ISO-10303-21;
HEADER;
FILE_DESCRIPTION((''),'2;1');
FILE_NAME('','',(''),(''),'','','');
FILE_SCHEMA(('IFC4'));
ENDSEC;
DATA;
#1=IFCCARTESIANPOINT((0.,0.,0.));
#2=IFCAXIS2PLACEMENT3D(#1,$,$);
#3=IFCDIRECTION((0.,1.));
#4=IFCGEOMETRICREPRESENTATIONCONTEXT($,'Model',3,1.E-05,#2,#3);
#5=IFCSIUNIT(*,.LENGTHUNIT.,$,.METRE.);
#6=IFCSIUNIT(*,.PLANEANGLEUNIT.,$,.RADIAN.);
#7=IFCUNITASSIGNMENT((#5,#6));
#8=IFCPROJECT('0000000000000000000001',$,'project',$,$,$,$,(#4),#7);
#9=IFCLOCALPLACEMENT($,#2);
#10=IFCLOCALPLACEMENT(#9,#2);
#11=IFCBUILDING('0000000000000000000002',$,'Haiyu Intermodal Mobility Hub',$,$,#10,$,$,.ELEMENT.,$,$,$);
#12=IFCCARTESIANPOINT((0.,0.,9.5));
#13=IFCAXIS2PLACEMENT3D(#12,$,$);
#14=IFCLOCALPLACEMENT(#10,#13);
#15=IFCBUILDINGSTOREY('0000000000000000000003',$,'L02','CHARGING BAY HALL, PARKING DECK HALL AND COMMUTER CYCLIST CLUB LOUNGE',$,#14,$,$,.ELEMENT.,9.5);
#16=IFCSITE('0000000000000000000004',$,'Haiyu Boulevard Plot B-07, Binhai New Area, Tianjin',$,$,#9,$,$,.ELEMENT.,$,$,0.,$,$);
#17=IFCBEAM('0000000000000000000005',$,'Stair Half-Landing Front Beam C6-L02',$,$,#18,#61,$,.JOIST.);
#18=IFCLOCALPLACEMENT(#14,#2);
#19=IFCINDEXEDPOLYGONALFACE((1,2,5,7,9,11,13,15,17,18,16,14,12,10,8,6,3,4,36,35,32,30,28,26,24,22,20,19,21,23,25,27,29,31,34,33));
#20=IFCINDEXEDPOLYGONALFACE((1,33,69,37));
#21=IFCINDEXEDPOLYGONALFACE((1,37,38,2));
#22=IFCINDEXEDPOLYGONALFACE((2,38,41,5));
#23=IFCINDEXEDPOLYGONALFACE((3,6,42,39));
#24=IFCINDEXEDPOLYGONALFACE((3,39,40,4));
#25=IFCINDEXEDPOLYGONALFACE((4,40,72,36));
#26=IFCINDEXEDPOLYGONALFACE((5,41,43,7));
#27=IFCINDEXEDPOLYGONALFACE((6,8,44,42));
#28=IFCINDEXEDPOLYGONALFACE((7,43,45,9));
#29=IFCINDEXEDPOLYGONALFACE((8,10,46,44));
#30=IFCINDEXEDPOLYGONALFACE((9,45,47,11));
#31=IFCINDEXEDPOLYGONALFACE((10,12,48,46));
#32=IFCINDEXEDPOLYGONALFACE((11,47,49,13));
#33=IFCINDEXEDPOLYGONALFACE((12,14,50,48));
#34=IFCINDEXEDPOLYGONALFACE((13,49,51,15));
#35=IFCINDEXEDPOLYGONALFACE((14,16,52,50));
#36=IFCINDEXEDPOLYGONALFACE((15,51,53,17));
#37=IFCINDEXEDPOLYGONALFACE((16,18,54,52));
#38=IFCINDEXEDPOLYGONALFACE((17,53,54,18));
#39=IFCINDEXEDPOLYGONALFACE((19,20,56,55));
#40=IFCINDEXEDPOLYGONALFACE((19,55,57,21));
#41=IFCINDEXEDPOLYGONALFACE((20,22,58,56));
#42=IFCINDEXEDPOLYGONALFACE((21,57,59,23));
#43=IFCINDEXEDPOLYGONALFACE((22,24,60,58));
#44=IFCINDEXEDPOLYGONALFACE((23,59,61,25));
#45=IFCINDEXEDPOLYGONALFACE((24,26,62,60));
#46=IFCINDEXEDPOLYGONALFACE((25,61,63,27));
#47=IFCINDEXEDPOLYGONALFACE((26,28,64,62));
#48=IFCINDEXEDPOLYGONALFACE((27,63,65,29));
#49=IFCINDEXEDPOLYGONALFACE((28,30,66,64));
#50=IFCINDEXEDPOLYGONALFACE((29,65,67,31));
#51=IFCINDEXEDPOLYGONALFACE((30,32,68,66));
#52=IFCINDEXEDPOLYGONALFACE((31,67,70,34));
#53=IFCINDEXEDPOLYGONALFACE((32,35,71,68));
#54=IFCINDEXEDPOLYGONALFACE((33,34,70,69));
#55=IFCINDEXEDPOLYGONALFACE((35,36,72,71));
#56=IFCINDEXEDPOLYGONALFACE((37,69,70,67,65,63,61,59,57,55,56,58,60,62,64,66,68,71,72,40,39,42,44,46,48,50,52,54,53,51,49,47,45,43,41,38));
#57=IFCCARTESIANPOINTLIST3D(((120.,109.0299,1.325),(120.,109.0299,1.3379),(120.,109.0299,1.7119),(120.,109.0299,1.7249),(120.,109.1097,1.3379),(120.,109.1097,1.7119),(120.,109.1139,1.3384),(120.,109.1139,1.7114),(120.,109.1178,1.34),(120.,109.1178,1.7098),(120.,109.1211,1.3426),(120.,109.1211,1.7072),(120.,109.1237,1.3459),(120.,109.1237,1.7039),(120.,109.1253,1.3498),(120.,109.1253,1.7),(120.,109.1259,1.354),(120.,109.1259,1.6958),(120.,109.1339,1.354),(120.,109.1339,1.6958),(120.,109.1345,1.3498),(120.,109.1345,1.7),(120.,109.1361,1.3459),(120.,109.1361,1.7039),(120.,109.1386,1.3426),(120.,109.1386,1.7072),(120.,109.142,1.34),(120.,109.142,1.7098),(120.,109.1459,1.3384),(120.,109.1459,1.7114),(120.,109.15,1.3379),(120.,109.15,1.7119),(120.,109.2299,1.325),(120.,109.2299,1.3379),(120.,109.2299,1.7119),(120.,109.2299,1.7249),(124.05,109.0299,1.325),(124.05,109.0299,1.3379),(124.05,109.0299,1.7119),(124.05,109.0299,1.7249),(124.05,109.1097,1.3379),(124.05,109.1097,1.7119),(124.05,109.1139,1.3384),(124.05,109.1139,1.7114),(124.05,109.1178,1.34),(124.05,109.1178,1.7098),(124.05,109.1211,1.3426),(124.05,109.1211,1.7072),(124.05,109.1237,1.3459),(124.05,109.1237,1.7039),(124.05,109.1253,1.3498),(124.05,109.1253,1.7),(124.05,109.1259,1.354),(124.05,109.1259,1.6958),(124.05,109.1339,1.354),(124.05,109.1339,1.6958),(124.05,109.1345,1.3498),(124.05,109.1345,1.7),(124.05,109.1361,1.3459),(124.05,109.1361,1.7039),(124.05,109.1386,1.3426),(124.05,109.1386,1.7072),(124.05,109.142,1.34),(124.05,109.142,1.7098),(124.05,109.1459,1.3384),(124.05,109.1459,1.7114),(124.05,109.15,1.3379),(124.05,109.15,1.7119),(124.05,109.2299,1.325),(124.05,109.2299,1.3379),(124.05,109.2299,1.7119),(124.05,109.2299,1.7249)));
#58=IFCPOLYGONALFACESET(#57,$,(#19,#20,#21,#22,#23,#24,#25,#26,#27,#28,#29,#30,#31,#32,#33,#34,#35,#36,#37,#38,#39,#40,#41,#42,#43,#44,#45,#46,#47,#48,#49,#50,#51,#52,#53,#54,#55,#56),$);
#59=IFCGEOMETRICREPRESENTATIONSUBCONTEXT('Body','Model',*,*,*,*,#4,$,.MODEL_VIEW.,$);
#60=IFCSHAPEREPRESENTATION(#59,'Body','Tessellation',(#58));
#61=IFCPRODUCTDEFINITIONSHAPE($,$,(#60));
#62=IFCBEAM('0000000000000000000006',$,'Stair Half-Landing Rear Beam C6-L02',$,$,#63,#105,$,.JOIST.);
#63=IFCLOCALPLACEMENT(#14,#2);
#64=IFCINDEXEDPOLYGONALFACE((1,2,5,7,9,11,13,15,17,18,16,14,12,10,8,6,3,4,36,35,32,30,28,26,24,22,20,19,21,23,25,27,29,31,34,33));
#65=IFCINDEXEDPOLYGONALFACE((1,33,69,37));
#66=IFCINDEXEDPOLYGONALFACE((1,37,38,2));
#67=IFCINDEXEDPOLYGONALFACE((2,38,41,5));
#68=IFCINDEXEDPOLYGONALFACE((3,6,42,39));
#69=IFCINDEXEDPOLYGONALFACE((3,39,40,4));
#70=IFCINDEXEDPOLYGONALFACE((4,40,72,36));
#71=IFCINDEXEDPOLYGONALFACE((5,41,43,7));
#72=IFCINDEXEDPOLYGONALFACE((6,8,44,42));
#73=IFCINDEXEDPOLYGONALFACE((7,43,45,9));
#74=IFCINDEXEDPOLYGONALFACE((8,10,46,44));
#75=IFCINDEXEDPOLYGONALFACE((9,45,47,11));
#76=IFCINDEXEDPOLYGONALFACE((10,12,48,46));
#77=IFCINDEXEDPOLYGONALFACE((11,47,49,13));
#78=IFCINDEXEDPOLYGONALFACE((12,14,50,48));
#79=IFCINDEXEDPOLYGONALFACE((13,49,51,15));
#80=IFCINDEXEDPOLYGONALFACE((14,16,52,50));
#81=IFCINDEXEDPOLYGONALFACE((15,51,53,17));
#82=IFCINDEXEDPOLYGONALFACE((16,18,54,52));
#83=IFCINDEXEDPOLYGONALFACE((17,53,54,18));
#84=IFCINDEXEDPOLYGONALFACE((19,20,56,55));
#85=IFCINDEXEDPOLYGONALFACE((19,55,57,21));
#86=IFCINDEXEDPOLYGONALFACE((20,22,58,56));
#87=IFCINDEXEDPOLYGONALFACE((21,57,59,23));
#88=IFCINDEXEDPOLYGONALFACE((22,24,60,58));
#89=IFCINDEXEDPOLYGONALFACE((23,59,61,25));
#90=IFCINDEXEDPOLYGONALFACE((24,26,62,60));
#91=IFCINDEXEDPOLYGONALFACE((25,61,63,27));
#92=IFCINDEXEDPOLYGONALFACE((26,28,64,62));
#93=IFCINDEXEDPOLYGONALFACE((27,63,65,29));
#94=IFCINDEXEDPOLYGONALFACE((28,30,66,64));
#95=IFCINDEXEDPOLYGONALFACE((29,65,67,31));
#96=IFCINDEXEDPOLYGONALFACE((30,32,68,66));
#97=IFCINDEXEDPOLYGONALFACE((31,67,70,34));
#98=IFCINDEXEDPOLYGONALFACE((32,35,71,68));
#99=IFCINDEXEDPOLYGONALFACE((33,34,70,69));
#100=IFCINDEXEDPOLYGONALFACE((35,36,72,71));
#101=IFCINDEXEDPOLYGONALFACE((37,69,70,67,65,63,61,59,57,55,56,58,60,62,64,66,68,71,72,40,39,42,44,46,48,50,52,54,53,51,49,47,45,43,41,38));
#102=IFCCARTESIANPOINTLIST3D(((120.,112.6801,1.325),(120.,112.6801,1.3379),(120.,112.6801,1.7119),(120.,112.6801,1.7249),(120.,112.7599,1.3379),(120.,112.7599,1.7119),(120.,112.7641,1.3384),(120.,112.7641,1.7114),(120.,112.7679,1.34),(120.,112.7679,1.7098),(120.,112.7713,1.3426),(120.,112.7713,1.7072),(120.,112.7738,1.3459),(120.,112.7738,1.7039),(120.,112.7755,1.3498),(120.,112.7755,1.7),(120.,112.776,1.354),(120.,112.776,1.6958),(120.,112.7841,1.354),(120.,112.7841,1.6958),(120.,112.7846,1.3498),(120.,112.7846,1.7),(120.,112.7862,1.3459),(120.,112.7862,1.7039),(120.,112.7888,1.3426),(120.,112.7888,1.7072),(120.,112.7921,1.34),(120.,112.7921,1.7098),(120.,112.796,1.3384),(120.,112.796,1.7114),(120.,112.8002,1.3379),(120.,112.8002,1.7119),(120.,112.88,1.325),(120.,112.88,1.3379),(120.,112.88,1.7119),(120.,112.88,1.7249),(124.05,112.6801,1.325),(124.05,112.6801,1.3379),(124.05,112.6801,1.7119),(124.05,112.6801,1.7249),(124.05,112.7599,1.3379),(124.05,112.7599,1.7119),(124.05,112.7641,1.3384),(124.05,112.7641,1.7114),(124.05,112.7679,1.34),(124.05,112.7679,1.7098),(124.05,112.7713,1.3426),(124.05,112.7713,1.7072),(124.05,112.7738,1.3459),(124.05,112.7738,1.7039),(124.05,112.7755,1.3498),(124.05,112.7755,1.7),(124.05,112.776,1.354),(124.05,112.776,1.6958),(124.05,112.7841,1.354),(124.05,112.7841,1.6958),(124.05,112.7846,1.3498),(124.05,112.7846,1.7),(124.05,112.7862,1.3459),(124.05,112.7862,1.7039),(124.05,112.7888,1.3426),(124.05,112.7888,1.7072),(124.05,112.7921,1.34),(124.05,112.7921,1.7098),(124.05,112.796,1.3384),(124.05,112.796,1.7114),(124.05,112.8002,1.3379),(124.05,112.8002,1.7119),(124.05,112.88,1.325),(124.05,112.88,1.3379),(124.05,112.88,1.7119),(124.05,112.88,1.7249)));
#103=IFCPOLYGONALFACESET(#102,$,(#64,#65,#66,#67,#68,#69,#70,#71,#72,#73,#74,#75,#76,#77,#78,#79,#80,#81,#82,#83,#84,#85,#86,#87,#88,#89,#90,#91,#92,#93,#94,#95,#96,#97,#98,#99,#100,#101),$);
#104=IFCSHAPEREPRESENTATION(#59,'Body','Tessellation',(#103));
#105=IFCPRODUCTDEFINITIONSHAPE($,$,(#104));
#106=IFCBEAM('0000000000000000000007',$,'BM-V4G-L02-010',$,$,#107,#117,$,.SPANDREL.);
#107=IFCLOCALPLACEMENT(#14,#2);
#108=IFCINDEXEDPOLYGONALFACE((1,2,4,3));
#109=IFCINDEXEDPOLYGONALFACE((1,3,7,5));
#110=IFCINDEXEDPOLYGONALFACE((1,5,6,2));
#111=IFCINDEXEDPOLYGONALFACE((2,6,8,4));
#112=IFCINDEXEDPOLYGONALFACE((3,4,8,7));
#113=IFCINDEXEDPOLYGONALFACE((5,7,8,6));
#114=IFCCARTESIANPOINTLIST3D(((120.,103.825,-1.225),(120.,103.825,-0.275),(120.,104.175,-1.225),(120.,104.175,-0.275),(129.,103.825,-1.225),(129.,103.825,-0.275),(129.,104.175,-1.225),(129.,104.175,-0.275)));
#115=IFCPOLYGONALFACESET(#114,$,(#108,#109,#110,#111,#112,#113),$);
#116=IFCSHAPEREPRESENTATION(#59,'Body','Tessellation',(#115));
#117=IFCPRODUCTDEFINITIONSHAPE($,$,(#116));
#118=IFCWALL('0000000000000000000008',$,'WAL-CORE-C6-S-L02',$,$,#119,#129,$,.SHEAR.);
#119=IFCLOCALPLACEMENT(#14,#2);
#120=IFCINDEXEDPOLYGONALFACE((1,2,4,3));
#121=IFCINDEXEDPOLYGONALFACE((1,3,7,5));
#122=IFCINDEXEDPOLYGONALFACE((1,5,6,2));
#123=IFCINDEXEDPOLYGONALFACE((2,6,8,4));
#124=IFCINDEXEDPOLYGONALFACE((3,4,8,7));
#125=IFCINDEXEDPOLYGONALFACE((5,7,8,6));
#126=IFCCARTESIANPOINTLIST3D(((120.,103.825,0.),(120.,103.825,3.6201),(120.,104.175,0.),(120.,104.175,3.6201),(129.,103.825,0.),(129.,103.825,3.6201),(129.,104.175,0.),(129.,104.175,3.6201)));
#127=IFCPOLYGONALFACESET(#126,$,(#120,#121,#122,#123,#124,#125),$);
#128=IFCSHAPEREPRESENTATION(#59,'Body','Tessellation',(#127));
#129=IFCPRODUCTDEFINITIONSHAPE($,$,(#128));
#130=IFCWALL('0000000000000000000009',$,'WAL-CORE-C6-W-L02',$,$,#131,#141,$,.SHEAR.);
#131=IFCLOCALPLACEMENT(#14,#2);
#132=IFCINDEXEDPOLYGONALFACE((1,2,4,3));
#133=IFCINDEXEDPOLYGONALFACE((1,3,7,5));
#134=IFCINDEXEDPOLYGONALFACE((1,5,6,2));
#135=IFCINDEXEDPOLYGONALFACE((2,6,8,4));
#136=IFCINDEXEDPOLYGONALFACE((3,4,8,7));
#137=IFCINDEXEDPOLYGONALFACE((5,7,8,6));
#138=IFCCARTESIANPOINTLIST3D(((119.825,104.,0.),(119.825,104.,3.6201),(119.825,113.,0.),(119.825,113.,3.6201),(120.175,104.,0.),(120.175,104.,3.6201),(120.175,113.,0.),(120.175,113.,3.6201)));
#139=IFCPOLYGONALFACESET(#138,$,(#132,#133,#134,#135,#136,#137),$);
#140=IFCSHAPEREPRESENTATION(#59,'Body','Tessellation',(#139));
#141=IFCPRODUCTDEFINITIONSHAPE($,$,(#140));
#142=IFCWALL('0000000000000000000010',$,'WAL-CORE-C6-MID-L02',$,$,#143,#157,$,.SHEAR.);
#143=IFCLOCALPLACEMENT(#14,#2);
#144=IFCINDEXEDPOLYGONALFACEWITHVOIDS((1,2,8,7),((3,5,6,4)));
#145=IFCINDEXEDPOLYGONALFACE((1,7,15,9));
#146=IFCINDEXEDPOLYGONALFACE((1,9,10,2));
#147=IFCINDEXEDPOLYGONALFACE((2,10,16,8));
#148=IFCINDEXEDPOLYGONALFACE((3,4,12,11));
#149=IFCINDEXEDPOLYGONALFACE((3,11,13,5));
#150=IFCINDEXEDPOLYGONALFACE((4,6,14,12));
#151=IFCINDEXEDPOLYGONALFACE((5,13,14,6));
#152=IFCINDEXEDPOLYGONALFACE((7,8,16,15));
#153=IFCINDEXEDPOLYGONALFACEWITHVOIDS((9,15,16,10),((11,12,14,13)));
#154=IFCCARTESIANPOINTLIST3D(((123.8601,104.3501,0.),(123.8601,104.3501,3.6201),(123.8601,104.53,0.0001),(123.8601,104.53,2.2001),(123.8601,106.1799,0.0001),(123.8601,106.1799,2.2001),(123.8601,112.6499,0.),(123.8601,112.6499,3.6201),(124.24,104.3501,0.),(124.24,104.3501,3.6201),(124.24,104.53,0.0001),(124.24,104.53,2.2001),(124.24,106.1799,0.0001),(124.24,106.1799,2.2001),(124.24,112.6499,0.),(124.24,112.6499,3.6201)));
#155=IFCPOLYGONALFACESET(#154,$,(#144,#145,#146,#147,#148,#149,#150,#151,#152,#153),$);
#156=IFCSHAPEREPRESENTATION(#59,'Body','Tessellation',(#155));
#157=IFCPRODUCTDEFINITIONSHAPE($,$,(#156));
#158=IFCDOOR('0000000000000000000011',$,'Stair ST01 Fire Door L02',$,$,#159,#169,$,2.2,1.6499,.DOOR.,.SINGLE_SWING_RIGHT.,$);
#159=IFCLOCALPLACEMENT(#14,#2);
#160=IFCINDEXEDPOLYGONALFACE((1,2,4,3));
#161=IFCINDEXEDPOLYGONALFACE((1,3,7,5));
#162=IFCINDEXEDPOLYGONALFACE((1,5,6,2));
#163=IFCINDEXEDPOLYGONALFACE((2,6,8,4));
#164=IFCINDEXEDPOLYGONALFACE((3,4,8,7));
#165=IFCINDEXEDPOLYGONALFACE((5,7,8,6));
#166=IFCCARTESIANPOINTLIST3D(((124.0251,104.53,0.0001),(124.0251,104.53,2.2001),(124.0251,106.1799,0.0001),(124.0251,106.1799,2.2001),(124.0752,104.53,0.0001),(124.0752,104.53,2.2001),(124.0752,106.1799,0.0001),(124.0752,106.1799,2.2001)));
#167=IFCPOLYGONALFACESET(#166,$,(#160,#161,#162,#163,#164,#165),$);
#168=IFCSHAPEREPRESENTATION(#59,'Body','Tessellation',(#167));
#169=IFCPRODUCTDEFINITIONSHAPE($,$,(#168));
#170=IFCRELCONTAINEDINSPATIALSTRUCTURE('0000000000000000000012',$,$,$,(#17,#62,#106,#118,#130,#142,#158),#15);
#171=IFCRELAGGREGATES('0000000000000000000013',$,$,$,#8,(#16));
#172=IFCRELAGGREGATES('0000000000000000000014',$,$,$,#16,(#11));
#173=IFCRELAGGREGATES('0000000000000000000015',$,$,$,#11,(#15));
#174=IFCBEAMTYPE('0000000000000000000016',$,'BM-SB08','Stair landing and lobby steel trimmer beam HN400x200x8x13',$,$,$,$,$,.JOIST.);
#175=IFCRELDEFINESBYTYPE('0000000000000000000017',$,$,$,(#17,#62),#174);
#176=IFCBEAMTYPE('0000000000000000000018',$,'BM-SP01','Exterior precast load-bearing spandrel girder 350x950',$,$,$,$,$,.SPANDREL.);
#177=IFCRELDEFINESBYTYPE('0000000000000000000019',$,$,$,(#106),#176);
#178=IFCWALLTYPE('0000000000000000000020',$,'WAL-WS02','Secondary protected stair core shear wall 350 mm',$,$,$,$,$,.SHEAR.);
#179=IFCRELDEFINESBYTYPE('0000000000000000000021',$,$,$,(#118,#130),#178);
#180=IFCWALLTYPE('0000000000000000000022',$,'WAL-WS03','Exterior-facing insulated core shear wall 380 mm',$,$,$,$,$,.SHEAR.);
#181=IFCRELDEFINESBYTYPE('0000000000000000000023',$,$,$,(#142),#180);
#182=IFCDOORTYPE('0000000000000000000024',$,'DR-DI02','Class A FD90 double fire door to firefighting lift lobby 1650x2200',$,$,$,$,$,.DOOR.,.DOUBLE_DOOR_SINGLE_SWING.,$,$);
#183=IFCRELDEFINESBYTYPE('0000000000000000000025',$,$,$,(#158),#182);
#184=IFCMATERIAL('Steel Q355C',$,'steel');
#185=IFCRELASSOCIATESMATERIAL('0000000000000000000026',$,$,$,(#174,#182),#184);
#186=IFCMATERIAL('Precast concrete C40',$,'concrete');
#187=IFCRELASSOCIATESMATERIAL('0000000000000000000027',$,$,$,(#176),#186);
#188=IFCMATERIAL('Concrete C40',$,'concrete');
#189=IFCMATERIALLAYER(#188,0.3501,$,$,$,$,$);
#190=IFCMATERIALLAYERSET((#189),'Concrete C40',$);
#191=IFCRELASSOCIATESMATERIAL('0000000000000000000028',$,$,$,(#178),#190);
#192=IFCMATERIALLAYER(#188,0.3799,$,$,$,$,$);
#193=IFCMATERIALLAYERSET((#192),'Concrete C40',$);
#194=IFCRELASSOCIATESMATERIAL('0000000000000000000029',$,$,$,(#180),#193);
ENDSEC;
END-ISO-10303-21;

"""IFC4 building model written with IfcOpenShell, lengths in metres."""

from ifc_helpers import new_model, si_unit, direction, frame, frame_2d, origin, origin_2d, place, context, subcontext, project, spatial, rectangle, i_section, extrude, material, layer, layer_set, material_profile, profile_set, type_object, element, fill, save


model = new_model("IFC4")

# Units and contexts
model_context = context("Model", 3, precision=1e-05, world=origin(), true_north=direction((0.0, 1.0)))
body_context = subcontext(model_context, "Body", "Model", "MODEL_VIEW")
ifc_project = project(units=[si_unit("LENGTHUNIT", "METRE"), si_unit("PLANEANGLEUNIT", "RADIAN")], contexts=[model_context])

# Site, building, storey
site_placement = place(None, origin())
site = spatial("IfcSite", under=ifc_project, at=site_placement, Name="Haiyu Boulevard Plot B-07, Binhai New Area, Tianjin", CompositionType="ELEMENT", RefElevation=0.0)
building_placement = place(site_placement, origin())
building = spatial("IfcBuilding", under=site, at=building_placement, Name="Haiyu Intermodal Mobility Hub", CompositionType="ELEMENT")
storey_placement = place(building_placement, frame((0.0, 0.0, 9.5)))
storey = spatial("IfcBuildingStorey", under=building, at=storey_placement, Name="L02", Description="CHARGING BAY HALL, PARKING DECK HALL AND COMMUTER CYCLIST CLUB LOUNGE", CompositionType="ELEMENT", Elevation=9.5)

# Shared definitions
ifc_material_1 = material(Name="Precast concrete C40", Category="concrete")

# Beams
ifc_material_2 = material(Name="Concrete C40", Category="concrete")
ifc_material_3 = material(Name="Steel Q355C", Category="steel")
ifc_material_profile_1 = material_profile(ifc_material_3, i_section(OverallWidth=0.2, OverallDepth=0.3999, WebThickness=0.0081, FlangeThickness=0.0129, FilletRadius=0.0161, at=origin_2d()), Name="HN400x200x8x13")
ifc_profile_set_1 = profile_set([ifc_material_profile_1], Name="Steel Q355C")
beam_type_1 = type_object("IfcBeamType", Name="BM-SB08", Description="Stair landing and lobby steel trimmer beam HN400x200x8x13", PredefinedType="JOIST", material=ifc_profile_set_1)
for number, where, z_axis, x_axis, name in (
    (1, (120.0, 109.1299, 1.5249), (1.0, 0.0, 0.0), (0.0, 1.0, 0.0), "Stair Half-Landing Front Beam C6-L02"),
    (2, (120.0, 112.78, 1.5249), (1.0, 0.0, 0.0), (0.0, 1.0, 0.0), "Stair Half-Landing Rear Beam C6-L02"),
):
    element("IfcBeam", number, at=place(storey_placement, frame(where, z_axis=z_axis, x_axis=x_axis)), inside=storey, type_object=beam_type_1, Name=name, PredefinedType="JOIST", context=body_context, shape_type="SweptSolid", body=[
        extrude(i_section(OverallWidth=0.2, OverallDepth=0.3999, WebThickness=0.0081, FlangeThickness=0.0129, FilletRadius=0.0161, at=origin_2d()), origin(), (0.0, 0.0, 1.0), 4.05),
    ])
ifc_material_profile_2 = material_profile(ifc_material_1, rectangle(XDim=0.3501, YDim=0.95, at=origin_2d()), Name="PC350x950")
ifc_profile_set_2 = profile_set([ifc_material_profile_2], Name="Precast concrete C40")
beam_type_2 = type_object("IfcBeamType", Name="BM-SP01", Description="Exterior precast load-bearing spandrel girder 350x950", PredefinedType="SPANDREL", material=ifc_profile_set_2)
beam_1_placement = place(storey_placement, frame((120.0, 104.0, -0.75), z_axis=(1.0, 0.0, 0.0), x_axis=(0.0, 1.0, 0.0)))
element("IfcBeam", 3, at=beam_1_placement, inside=storey, type_object=beam_type_2, Name="BM-V4G-L02-010", PredefinedType="SPANDREL", context=body_context, shape_type="SweptSolid", body=[
    extrude(rectangle(XDim=0.3501, YDim=0.95, at=origin_2d()), origin(), (0.0, 0.0, 1.0), 9.0),
])

# Walls
ifc_layer_1 = layer(ifc_material_2, 0.3501)
ifc_layer_set_1 = layer_set([ifc_layer_1], Name="Concrete C40")
wall_type_1 = type_object("IfcWallType", Name="WAL-WS02", Description="Secondary protected stair core shear wall 350 mm", PredefinedType="SHEAR", material=ifc_layer_set_1)
for number, where, z_axis, x_axis, name in (
    (4, (120.0, 104.0, 0.0), (0.0, 0.0, 1.0), (1.0, 0.0, 0.0), "WAL-CORE-C6-S-L02"),
    (5, (120.0, 113.0, 0.0), (0.0, 0.0, 1.0), (0.0, -1.0, 0.0), "WAL-CORE-C6-W-L02"),
):
    element("IfcWall", number, at=place(storey_placement, frame(where, z_axis=z_axis, x_axis=x_axis)), inside=storey, type_object=wall_type_1, Name=name, PredefinedType="SHEAR", context=body_context, shape_type="SweptSolid", body=[
        extrude(rectangle(XDim=9.0, YDim=0.3501, at=frame_2d((4.5, 0.0))), origin(), (0.0, 0.0, 1.0), 3.6201),
    ])

# Wall, opening, door
ifc_layer_2 = layer(ifc_material_2, 0.3799)
ifc_layer_set_2 = layer_set([ifc_layer_2], Name="Concrete C40")
wall_type_2 = type_object("IfcWallType", Name="WAL-WS03", Description="Exterior-facing insulated core shear wall 380 mm", PredefinedType="SHEAR", material=ifc_layer_set_2)
wall_1_placement = place(storey_placement, frame((124.05, 104.3501, 0.0), z_axis=(0.0, 0.0, 1.0), x_axis=(0.0, 1.0, 0.0)))
wall_1 = element("IfcWall", 6, at=wall_1_placement, inside=storey, type_object=wall_type_2, Name="WAL-CORE-C6-MID-L02", PredefinedType="SHEAR", context=body_context, shape_type="SweptSolid", body=[
    extrude(rectangle(XDim=8.2998, YDim=0.3799, at=frame_2d((4.1499, 0.0))), origin(), (0.0, 0.0, 1.0), 3.6201),
])
opening_1_placement = place(wall_1_placement, frame((0.1799, 0.0, 0.0)))
opening_1 = element("IfcOpeningElement", 7, at=opening_1_placement, cuts=wall_1, PredefinedType="OPENING", context=body_context, shape_type="SweptSolid", body=[
    extrude(rectangle(XDim=1.6499, YDim=2.2, at=frame_2d((0.825, 1.1001))), frame((0.0, 0.2, 0.0), z_axis=(0.0, -1.0, 0.0), x_axis=(1.0, 0.0, 0.0)), (0.0, 0.0, 1.0), 0.3999),
])
door_type_1 = type_object("IfcDoorType", Name="DR-DI02", Description="Class A FD90 double fire door to firefighting lift lobby 1650x2200", OperationType="DOUBLE_DOOR_SINGLE_SWING", PredefinedType="DOOR", material=ifc_material_3)
door_1_placement = place(opening_1_placement, origin())
door_1 = element("IfcDoor", 8, at=door_1_placement, inside=storey, type_object=door_type_1, Name="Stair ST01 Fire Door L02", OperationType="SINGLE_SWING_RIGHT", OverallHeight=2.2, OverallWidth=1.6499, PredefinedType="DOOR", context=body_context, shape_type="SweptSolid", body=[
    extrude(rectangle(XDim=1.6499, YDim=2.2, at=frame_2d((0.825, 1.1001))), frame((0.0, 0.0249, 0.0), z_axis=(0.0, -1.0, 0.0), x_axis=(1.0, 0.0, 0.0)), (0.0, 0.0, 1.0), 0.05),
])
fill(opening_1, door_1)

save(model, "model.ifc")
